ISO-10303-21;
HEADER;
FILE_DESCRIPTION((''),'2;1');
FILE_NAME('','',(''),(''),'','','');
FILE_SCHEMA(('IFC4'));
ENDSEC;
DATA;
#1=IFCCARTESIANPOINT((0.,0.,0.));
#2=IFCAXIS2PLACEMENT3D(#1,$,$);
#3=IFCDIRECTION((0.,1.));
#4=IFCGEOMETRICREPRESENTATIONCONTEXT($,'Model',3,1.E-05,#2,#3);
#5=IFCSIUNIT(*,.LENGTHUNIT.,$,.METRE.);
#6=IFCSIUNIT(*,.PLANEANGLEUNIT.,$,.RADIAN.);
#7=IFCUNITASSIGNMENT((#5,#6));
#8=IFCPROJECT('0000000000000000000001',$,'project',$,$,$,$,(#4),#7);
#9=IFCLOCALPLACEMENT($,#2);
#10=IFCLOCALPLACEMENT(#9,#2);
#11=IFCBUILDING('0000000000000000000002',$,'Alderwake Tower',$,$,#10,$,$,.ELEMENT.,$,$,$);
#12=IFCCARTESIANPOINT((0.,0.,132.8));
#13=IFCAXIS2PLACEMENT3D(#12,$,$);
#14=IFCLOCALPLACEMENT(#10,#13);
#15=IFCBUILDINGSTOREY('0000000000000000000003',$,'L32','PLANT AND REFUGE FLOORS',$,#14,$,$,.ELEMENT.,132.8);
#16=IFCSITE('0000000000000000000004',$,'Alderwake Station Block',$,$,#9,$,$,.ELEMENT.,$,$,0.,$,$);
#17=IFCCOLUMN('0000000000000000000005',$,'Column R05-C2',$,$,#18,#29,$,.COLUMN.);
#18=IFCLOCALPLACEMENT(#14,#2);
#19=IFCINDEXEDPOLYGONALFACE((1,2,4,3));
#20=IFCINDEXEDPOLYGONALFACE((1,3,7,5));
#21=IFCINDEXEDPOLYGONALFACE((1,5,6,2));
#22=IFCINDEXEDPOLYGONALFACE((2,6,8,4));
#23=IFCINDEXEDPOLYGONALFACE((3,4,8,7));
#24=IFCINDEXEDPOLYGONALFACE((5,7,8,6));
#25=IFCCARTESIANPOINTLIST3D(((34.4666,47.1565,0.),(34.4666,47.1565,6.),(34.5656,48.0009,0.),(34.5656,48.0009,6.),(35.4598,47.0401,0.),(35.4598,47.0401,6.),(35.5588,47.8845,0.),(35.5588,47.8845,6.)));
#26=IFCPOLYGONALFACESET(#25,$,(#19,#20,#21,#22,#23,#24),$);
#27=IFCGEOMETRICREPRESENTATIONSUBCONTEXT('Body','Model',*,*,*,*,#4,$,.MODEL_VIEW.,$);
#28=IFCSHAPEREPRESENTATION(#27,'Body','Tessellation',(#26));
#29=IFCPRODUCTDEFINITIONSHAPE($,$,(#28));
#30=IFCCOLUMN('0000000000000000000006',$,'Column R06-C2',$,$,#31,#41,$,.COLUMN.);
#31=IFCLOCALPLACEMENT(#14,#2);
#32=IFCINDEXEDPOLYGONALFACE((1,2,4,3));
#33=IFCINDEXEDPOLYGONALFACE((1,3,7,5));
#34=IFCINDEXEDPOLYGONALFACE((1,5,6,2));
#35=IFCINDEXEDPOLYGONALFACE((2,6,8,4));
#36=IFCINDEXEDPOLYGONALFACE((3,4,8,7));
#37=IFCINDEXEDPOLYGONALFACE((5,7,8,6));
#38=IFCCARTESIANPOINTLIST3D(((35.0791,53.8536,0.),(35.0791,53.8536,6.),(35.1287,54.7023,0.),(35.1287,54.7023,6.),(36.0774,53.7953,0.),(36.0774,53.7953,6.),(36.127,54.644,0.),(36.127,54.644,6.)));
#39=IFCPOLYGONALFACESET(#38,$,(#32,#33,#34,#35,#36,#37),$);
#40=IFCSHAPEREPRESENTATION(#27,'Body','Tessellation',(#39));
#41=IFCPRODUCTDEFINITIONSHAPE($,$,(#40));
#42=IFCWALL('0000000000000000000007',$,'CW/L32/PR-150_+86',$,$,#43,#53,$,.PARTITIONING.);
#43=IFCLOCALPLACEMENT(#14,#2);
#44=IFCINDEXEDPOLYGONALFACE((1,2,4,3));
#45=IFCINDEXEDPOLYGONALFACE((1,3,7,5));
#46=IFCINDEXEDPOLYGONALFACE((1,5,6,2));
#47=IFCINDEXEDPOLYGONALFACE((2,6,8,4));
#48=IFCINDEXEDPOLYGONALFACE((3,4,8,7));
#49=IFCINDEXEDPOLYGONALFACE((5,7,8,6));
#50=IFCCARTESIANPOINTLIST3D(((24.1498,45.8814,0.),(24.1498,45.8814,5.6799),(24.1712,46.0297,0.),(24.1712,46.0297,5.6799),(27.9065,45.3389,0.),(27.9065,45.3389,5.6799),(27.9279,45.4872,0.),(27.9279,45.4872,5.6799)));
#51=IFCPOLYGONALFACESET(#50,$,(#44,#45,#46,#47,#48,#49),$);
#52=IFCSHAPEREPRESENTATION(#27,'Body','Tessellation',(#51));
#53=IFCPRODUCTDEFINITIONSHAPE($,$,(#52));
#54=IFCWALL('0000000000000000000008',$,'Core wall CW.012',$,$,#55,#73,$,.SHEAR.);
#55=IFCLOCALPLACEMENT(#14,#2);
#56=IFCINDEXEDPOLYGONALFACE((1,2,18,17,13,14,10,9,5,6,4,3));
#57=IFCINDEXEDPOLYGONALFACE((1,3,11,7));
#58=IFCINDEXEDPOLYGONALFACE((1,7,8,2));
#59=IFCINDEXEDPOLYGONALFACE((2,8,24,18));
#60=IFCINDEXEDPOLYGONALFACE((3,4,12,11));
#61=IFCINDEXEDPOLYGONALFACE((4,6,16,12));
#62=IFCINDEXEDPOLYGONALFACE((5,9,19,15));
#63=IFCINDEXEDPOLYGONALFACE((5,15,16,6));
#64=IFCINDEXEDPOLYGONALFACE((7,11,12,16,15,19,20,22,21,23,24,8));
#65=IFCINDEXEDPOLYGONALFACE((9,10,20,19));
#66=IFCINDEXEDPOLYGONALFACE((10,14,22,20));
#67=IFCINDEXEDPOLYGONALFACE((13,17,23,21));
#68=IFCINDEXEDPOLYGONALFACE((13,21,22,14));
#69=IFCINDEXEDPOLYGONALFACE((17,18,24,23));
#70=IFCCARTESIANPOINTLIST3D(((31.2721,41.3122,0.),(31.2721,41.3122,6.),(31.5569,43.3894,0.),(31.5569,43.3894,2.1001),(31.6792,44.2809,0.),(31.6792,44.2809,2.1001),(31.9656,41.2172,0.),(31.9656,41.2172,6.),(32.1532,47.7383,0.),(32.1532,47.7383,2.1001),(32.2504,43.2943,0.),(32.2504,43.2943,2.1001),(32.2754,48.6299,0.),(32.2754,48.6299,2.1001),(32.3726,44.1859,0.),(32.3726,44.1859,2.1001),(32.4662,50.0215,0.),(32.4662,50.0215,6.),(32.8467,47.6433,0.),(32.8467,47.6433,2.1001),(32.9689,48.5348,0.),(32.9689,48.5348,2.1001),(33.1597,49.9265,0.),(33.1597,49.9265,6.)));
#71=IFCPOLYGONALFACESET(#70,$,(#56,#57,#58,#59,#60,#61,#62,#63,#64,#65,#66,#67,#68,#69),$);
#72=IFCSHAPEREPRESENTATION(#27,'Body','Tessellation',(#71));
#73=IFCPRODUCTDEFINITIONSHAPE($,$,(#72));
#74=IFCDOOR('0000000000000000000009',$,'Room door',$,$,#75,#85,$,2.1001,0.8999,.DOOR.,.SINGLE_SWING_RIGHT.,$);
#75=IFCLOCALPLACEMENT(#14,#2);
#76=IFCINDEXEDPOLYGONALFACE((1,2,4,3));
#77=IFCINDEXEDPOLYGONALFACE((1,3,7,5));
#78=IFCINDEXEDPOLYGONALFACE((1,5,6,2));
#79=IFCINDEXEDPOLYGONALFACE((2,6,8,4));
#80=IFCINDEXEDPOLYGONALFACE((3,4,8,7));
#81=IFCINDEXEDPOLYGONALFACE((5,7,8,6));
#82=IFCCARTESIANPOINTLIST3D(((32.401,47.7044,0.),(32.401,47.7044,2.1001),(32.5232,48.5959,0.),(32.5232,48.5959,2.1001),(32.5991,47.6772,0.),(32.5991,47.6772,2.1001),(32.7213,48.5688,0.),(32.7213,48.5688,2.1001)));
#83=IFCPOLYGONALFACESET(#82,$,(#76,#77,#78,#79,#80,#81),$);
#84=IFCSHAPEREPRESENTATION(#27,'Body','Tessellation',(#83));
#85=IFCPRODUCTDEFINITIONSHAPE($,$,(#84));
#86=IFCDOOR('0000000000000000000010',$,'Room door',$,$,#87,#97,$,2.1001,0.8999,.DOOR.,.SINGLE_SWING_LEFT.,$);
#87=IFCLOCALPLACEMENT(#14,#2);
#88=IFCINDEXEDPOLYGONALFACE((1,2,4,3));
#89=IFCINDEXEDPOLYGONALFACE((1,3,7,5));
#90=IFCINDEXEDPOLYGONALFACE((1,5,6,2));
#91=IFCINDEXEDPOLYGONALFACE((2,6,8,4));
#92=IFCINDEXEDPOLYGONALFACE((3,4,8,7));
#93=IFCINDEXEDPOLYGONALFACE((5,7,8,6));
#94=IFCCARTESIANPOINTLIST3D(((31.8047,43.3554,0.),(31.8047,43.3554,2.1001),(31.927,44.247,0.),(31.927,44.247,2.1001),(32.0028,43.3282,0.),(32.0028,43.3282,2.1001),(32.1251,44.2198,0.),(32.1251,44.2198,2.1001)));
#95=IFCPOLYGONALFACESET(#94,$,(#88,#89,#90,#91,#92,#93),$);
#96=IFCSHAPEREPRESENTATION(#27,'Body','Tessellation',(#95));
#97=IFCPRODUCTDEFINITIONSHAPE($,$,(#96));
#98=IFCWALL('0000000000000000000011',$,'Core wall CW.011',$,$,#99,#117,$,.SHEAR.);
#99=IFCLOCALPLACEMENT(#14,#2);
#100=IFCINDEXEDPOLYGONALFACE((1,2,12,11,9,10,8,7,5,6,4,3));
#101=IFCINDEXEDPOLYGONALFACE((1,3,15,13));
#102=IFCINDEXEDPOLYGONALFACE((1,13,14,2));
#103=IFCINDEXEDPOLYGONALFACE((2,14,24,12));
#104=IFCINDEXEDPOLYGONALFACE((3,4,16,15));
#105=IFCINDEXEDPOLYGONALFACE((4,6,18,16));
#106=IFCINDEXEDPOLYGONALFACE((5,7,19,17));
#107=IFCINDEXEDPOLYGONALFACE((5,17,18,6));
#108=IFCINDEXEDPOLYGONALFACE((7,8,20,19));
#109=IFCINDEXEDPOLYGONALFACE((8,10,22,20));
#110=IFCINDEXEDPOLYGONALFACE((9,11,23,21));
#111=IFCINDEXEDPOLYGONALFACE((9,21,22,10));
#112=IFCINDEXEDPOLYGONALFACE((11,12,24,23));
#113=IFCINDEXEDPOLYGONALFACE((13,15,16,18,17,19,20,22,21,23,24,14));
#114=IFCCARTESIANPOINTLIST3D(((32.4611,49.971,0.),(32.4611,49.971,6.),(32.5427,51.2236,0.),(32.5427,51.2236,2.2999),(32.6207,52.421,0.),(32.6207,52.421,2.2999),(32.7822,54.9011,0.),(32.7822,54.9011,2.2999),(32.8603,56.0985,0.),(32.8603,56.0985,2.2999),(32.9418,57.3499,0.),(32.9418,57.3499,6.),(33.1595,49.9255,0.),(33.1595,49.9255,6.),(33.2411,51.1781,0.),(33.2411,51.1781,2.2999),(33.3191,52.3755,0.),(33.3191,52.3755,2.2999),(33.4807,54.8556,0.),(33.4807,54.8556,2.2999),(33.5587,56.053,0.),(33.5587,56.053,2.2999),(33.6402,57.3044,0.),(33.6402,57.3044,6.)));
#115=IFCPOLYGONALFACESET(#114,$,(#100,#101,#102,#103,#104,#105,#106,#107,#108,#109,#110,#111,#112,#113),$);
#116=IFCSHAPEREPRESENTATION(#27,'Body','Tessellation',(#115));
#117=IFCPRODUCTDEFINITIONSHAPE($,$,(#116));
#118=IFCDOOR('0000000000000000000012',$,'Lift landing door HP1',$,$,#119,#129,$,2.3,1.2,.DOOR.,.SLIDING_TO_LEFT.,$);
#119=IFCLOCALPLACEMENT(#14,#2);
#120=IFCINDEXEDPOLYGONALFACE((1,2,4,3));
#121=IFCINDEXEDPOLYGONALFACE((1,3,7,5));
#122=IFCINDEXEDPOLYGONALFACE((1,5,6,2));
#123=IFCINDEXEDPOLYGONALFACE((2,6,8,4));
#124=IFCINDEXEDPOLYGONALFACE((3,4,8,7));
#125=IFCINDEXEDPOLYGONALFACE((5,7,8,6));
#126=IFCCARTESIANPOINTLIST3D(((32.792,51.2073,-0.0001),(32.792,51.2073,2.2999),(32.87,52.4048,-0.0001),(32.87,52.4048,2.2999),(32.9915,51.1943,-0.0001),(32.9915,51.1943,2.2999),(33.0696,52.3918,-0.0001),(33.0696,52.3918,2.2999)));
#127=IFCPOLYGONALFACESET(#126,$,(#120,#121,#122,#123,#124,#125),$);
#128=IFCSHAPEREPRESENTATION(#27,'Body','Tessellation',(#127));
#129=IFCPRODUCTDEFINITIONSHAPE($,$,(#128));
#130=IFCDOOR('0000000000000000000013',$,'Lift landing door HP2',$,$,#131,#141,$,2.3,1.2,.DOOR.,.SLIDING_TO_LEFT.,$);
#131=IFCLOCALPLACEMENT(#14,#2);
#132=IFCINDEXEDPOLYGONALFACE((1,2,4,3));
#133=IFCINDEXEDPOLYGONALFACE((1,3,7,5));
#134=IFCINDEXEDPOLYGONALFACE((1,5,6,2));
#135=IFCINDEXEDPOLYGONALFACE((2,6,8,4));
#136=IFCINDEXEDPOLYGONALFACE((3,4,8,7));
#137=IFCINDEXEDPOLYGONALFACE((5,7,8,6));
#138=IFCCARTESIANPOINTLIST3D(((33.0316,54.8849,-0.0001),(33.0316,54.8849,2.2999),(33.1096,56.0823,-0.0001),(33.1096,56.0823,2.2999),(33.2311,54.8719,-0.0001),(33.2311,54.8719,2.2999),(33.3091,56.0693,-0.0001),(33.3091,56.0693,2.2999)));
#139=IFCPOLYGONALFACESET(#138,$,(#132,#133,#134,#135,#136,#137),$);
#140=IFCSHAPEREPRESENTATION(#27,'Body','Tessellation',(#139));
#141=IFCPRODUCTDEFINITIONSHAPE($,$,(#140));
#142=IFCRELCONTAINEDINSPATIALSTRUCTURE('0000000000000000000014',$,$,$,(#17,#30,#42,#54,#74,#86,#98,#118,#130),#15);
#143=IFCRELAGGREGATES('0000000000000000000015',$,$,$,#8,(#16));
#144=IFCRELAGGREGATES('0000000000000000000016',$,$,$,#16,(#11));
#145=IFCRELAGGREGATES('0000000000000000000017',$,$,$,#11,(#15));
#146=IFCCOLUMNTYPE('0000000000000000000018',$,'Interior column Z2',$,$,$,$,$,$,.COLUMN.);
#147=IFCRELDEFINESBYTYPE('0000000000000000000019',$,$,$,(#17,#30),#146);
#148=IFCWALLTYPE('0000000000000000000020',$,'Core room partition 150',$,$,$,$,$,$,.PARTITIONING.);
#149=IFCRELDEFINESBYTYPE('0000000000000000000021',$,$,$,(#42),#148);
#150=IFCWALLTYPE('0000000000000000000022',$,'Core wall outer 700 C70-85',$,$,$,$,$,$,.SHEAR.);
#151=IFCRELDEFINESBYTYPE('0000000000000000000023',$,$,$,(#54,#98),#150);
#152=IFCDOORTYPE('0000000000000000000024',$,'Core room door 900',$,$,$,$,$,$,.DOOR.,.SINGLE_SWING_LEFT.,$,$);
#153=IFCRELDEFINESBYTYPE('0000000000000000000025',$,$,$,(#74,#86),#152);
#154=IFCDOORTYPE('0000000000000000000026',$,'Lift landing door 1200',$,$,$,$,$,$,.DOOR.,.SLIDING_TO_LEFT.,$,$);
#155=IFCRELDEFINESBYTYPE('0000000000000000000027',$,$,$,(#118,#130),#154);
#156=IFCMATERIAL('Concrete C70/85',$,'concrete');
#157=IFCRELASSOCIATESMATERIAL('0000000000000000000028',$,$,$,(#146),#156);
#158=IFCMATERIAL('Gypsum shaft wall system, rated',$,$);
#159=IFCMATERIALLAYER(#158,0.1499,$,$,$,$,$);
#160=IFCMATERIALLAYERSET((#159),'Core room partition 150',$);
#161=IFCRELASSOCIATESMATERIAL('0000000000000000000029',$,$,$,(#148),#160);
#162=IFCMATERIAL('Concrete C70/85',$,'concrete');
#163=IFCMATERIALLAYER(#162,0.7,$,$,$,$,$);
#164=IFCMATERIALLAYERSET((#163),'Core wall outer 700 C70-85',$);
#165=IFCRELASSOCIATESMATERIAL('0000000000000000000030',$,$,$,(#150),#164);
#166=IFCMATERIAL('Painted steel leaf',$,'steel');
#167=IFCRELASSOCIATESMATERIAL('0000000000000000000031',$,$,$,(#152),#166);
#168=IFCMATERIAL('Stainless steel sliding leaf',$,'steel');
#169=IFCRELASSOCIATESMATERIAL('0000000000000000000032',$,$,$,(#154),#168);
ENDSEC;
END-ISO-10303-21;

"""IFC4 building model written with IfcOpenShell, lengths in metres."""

from ifc_helpers import new_model, si_unit, direction, frame, frame_2d, origin, origin_2d, place, context, subcontext, project, spatial, rectangle, extrude, material, layer, layer_set, material_profile, profile_set, type_object, element, fill, save


model = new_model("IFC4")

# Units and contexts
model_context = context("Model", 3, precision=1e-05, world=origin(), true_north=direction((0.0, 1.0)))
body_context = subcontext(model_context, "Body", "Model", "MODEL_VIEW")
ifc_project = project(units=[si_unit("LENGTHUNIT", "METRE"), si_unit("PLANEANGLEUNIT", "RADIAN")], contexts=[model_context])

# Site, building, storey
site_placement = place(None, origin())
site = spatial("IfcSite", under=ifc_project, at=site_placement, Name="Alderwake Station Block", CompositionType="ELEMENT", RefElevation=0.0)
building_placement = place(site_placement, origin())
building = spatial("IfcBuilding", under=site, at=building_placement, Name="Alderwake Tower", CompositionType="ELEMENT")
storey_placement = place(building_placement, frame((0.0, 0.0, 132.8)))
storey = spatial("IfcBuildingStorey", under=building, at=storey_placement, Name="L32", Description="PLANT AND REFUGE FLOORS", CompositionType="ELEMENT", Elevation=132.8)

# Columns
ifc_material_1 = material(Name="Concrete C70/85", Category="concrete")
ifc_material_profile = material_profile(ifc_material_1, rectangle(XDim=0.8501, YDim=1.0, at=origin_2d()), Name="RC 1000X850")
ifc_profile_set = profile_set([ifc_material_profile], Name="Concrete C70/85")
column_type = type_object("IfcColumnType", Name="Interior column Z2", PredefinedType="COLUMN", material=ifc_profile_set)
for number, where, z_axis, x_axis, name in (
    (1, (35.0127, 47.5205, 0.0), (0.0, 0.0, 1.0), (0.116402, 0.993202, 0.0), "Column R05-C2"),
    (2, (35.603, 54.2488, 0.0), (0.0, 0.0, 1.0), (0.058301, 0.998299, 0.0), "Column R06-C2"),
):
    element("IfcColumn", number, at=place(storey_placement, frame(where, z_axis=z_axis, x_axis=x_axis)), inside=storey, type_object=column_type, Name=name, PredefinedType="COLUMN", context=body_context, shape_type="SweptSolid", body=[
        extrude(rectangle(XDim=0.8501, YDim=1.0, at=origin_2d()), origin(), (0.0, 0.0, 1.0), 6.0),
    ])

# Wall
ifc_material_2 = material(Name="Gypsum shaft wall system, rated")
ifc_layer_1 = layer(ifc_material_2, 0.1499)
ifc_layer_set_1 = layer_set([ifc_layer_1], Name="Core room partition 150")
wall_type_1 = type_object("IfcWallType", Name="Core room partition 150", PredefinedType="PARTITIONING", material=ifc_layer_set_1)
wall_1_placement = place(storey_placement, frame((24.1604, 45.9556, 0.0), z_axis=(0.0, 0.0, 1.0), x_axis=(0.989734, -0.142925, 0.0)))
element("IfcWall", 3, at=wall_1_placement, inside=storey, type_object=wall_type_1, Name="CW/L32/PR-150_+86", PredefinedType="PARTITIONING", context=body_context, shape_type="SweptSolid", body=[
    extrude(rectangle(XDim=3.7957, YDim=0.1499, at=frame_2d((1.8979, 0.0))), origin(), (0.0, 0.0, 1.0), 5.6799),
])

# Walls, openings, doors
ifc_material_3 = material(Name="Concrete C70/85", Category="concrete")
ifc_layer_2 = layer(ifc_material_3, 0.7)
ifc_layer_set_2 = layer_set([ifc_layer_2], Name="Core wall outer 700 C70-85")
wall_type_2 = type_object("IfcWallType", Name="Core wall outer 700 C70-85", PredefinedType="SHEAR", material=ifc_layer_set_2)
wall_2_placement = place(storey_placement, frame((32.813, 49.9741, 0.0), z_axis=(0.0, 0.0, 1.0), x_axis=(-0.135836, -0.990731, 0.0)))
wall_2 = element("IfcWall", 4, at=wall_2_placement, inside=storey, type_object=wall_type_2, Name="Core wall CW.012", PredefinedType="SHEAR", context=body_context, shape_type="SweptSolid", body=[
    extrude(rectangle(XDim=8.7908, YDim=0.7, at=frame_2d((4.3955, 0.0))), origin(), (0.0, 0.0, 1.0), 6.0),
])
opening_1_placement = place(wall_2_placement, frame((1.4048, 0.0, 0.0)))
opening_1 = element("IfcOpeningElement", 5, at=opening_1_placement, cuts=wall_2, PredefinedType="OPENING", context=body_context, shape_type="SweptSolid", body=[
    extrude(rectangle(XDim=0.8999, YDim=2.1001, at=frame_2d((0.45, 1.05))), frame((0.0, 0.3599, 0.0), z_axis=(0.0, -1.0, 0.0), x_axis=(1.0, 0.0, 0.0)), (0.0, 0.0, 1.0), 0.72),
])
opening_2_placement = place(wall_2_placement, frame((5.7944, 0.0, 0.0)))
opening_2 = element("IfcOpeningElement", 6, at=opening_2_placement, cuts=wall_2, PredefinedType="OPENING", context=body_context, shape_type="SweptSolid", body=[
    extrude(rectangle(XDim=0.8999, YDim=2.1001, at=frame_2d((0.45, 1.05))), frame((0.0, 0.3599, 0.0), z_axis=(0.0, -1.0, 0.0), x_axis=(1.0, 0.0, 0.0)), (0.0, 0.0, 1.0), 0.72),
])
ifc_material_4 = material(Name="Painted steel leaf", Category="steel")
door_type_1 = type_object("IfcDoorType", Name="Core room door 900", OperationType="SINGLE_SWING_LEFT", PredefinedType="DOOR", material=ifc_material_4)
door_1_placement = place(opening_1_placement, origin())
door_1 = element("IfcDoor", 7, at=door_1_placement, inside=storey, type_object=door_type_1, Name="Room door", OperationType="SINGLE_SWING_RIGHT", OverallHeight=2.1001, OverallWidth=0.8999, PredefinedType="DOOR", context=body_context, shape_type="SweptSolid", body=[
    extrude(rectangle(XDim=0.8999, YDim=2.1001, at=frame_2d((0.45, 1.05))), frame((0.0, 0.1001, 0.0), z_axis=(0.0, -1.0, 0.0), x_axis=(1.0, 0.0, 0.0)), (0.0, 0.0, 1.0), 0.2),
])
fill(opening_1, door_1)
door_2_placement = place(opening_2_placement, origin())
door_2 = element("IfcDoor", 8, at=door_2_placement, inside=storey, type_object=door_type_1, Name="Room door", OperationType="SINGLE_SWING_LEFT", OverallHeight=2.1001, OverallWidth=0.8999, PredefinedType="DOOR", context=body_context, shape_type="SweptSolid", body=[
    extrude(rectangle(XDim=0.8999, YDim=2.1001, at=frame_2d((0.45, 1.05))), frame((0.0, 0.1001, 0.0), z_axis=(0.0, -1.0, 0.0), x_axis=(1.0, 0.0, 0.0)), (0.0, 0.0, 1.0), 0.2),
])
fill(opening_2, door_2)
wall_3_placement = place(storey_placement, frame((32.8103, 49.9482, 0.0), z_axis=(0.0, 0.0, 1.0), x_axis=(0.065009, 0.997885, 0.0)))
wall_3 = element("IfcWall", 9, at=wall_3_placement, inside=storey, type_object=wall_type_2, Name="Core wall CW.011", PredefinedType="SHEAR", context=body_context, shape_type="SweptSolid", body=[
    extrude(rectangle(XDim=7.3945, YDim=0.7, at=frame_2d((3.6973, 0.0))), origin(), (0.0, 0.0, 1.0), 6.0),
])
opening_3_placement = place(wall_3_placement, frame((1.2551, 0.0, 0.0)))
opening_3 = element("IfcOpeningElement", 10, at=opening_3_placement, cuts=wall_3, PredefinedType="OPENING", context=body_context, shape_type="SweptSolid", body=[
    extrude(rectangle(XDim=1.2, YDim=2.3, at=frame_2d((0.6001, 1.1499))), frame((0.0, 0.3599, 0.0), z_axis=(0.0, -1.0, 0.0), x_axis=(1.0, 0.0, 0.0)), (0.0, 0.0, 1.0), 0.72),
])
opening_4_placement = place(wall_3_placement, frame((4.9404, 0.0, 0.0)))
opening_4 = element("IfcOpeningElement", 11, at=opening_4_placement, cuts=wall_3, PredefinedType="OPENING", context=body_context, shape_type="SweptSolid", body=[
    extrude(rectangle(XDim=1.2, YDim=2.3, at=frame_2d((0.6001, 1.1499))), frame((0.0, 0.3599, 0.0), z_axis=(0.0, -1.0, 0.0), x_axis=(1.0, 0.0, 0.0)), (0.0, 0.0, 1.0), 0.72),
])
ifc_material_5 = material(Name="Stainless steel sliding leaf", Category="steel")
door_type_2 = type_object("IfcDoorType", Name="Lift landing door 1200", OperationType="SLIDING_TO_LEFT", PredefinedType="DOOR", material=ifc_material_5)
door_3_placement = place(opening_3_placement, origin())
door_3 = element("IfcDoor", 12, at=door_3_placement, inside=storey, type_object=door_type_2, Name="Lift landing door HP1", OperationType="SLIDING_TO_LEFT", OverallHeight=2.3, OverallWidth=1.2, PredefinedType="DOOR", context=body_context, shape_type="SweptSolid", body=[
    extrude(rectangle(XDim=1.2, YDim=2.3, at=frame_2d((0.6001, 1.1499))), frame((0.0, 0.1001, 0.0), z_axis=(0.0, -1.0, 0.0), x_axis=(1.0, 0.0, 0.0)), (0.0, 0.0, 1.0), 0.2),
])
fill(opening_3, door_3)
door_4_placement = place(opening_4_placement, origin())
door_4 = element("IfcDoor", 13, at=door_4_placement, inside=storey, type_object=door_type_2, Name="Lift landing door HP2", OperationType="SLIDING_TO_LEFT", OverallHeight=2.3, OverallWidth=1.2, PredefinedType="DOOR", context=body_context, shape_type="SweptSolid", body=[
    extrude(rectangle(XDim=1.2, YDim=2.3, at=frame_2d((0.6001, 1.1499))), frame((0.0, 0.1001, 0.0), z_axis=(0.0, -1.0, 0.0), x_axis=(1.0, 0.0, 0.0)), (0.0, 0.0, 1.0), 0.2),
])
fill(opening_4, door_4)

save(model, "model.ifc")
